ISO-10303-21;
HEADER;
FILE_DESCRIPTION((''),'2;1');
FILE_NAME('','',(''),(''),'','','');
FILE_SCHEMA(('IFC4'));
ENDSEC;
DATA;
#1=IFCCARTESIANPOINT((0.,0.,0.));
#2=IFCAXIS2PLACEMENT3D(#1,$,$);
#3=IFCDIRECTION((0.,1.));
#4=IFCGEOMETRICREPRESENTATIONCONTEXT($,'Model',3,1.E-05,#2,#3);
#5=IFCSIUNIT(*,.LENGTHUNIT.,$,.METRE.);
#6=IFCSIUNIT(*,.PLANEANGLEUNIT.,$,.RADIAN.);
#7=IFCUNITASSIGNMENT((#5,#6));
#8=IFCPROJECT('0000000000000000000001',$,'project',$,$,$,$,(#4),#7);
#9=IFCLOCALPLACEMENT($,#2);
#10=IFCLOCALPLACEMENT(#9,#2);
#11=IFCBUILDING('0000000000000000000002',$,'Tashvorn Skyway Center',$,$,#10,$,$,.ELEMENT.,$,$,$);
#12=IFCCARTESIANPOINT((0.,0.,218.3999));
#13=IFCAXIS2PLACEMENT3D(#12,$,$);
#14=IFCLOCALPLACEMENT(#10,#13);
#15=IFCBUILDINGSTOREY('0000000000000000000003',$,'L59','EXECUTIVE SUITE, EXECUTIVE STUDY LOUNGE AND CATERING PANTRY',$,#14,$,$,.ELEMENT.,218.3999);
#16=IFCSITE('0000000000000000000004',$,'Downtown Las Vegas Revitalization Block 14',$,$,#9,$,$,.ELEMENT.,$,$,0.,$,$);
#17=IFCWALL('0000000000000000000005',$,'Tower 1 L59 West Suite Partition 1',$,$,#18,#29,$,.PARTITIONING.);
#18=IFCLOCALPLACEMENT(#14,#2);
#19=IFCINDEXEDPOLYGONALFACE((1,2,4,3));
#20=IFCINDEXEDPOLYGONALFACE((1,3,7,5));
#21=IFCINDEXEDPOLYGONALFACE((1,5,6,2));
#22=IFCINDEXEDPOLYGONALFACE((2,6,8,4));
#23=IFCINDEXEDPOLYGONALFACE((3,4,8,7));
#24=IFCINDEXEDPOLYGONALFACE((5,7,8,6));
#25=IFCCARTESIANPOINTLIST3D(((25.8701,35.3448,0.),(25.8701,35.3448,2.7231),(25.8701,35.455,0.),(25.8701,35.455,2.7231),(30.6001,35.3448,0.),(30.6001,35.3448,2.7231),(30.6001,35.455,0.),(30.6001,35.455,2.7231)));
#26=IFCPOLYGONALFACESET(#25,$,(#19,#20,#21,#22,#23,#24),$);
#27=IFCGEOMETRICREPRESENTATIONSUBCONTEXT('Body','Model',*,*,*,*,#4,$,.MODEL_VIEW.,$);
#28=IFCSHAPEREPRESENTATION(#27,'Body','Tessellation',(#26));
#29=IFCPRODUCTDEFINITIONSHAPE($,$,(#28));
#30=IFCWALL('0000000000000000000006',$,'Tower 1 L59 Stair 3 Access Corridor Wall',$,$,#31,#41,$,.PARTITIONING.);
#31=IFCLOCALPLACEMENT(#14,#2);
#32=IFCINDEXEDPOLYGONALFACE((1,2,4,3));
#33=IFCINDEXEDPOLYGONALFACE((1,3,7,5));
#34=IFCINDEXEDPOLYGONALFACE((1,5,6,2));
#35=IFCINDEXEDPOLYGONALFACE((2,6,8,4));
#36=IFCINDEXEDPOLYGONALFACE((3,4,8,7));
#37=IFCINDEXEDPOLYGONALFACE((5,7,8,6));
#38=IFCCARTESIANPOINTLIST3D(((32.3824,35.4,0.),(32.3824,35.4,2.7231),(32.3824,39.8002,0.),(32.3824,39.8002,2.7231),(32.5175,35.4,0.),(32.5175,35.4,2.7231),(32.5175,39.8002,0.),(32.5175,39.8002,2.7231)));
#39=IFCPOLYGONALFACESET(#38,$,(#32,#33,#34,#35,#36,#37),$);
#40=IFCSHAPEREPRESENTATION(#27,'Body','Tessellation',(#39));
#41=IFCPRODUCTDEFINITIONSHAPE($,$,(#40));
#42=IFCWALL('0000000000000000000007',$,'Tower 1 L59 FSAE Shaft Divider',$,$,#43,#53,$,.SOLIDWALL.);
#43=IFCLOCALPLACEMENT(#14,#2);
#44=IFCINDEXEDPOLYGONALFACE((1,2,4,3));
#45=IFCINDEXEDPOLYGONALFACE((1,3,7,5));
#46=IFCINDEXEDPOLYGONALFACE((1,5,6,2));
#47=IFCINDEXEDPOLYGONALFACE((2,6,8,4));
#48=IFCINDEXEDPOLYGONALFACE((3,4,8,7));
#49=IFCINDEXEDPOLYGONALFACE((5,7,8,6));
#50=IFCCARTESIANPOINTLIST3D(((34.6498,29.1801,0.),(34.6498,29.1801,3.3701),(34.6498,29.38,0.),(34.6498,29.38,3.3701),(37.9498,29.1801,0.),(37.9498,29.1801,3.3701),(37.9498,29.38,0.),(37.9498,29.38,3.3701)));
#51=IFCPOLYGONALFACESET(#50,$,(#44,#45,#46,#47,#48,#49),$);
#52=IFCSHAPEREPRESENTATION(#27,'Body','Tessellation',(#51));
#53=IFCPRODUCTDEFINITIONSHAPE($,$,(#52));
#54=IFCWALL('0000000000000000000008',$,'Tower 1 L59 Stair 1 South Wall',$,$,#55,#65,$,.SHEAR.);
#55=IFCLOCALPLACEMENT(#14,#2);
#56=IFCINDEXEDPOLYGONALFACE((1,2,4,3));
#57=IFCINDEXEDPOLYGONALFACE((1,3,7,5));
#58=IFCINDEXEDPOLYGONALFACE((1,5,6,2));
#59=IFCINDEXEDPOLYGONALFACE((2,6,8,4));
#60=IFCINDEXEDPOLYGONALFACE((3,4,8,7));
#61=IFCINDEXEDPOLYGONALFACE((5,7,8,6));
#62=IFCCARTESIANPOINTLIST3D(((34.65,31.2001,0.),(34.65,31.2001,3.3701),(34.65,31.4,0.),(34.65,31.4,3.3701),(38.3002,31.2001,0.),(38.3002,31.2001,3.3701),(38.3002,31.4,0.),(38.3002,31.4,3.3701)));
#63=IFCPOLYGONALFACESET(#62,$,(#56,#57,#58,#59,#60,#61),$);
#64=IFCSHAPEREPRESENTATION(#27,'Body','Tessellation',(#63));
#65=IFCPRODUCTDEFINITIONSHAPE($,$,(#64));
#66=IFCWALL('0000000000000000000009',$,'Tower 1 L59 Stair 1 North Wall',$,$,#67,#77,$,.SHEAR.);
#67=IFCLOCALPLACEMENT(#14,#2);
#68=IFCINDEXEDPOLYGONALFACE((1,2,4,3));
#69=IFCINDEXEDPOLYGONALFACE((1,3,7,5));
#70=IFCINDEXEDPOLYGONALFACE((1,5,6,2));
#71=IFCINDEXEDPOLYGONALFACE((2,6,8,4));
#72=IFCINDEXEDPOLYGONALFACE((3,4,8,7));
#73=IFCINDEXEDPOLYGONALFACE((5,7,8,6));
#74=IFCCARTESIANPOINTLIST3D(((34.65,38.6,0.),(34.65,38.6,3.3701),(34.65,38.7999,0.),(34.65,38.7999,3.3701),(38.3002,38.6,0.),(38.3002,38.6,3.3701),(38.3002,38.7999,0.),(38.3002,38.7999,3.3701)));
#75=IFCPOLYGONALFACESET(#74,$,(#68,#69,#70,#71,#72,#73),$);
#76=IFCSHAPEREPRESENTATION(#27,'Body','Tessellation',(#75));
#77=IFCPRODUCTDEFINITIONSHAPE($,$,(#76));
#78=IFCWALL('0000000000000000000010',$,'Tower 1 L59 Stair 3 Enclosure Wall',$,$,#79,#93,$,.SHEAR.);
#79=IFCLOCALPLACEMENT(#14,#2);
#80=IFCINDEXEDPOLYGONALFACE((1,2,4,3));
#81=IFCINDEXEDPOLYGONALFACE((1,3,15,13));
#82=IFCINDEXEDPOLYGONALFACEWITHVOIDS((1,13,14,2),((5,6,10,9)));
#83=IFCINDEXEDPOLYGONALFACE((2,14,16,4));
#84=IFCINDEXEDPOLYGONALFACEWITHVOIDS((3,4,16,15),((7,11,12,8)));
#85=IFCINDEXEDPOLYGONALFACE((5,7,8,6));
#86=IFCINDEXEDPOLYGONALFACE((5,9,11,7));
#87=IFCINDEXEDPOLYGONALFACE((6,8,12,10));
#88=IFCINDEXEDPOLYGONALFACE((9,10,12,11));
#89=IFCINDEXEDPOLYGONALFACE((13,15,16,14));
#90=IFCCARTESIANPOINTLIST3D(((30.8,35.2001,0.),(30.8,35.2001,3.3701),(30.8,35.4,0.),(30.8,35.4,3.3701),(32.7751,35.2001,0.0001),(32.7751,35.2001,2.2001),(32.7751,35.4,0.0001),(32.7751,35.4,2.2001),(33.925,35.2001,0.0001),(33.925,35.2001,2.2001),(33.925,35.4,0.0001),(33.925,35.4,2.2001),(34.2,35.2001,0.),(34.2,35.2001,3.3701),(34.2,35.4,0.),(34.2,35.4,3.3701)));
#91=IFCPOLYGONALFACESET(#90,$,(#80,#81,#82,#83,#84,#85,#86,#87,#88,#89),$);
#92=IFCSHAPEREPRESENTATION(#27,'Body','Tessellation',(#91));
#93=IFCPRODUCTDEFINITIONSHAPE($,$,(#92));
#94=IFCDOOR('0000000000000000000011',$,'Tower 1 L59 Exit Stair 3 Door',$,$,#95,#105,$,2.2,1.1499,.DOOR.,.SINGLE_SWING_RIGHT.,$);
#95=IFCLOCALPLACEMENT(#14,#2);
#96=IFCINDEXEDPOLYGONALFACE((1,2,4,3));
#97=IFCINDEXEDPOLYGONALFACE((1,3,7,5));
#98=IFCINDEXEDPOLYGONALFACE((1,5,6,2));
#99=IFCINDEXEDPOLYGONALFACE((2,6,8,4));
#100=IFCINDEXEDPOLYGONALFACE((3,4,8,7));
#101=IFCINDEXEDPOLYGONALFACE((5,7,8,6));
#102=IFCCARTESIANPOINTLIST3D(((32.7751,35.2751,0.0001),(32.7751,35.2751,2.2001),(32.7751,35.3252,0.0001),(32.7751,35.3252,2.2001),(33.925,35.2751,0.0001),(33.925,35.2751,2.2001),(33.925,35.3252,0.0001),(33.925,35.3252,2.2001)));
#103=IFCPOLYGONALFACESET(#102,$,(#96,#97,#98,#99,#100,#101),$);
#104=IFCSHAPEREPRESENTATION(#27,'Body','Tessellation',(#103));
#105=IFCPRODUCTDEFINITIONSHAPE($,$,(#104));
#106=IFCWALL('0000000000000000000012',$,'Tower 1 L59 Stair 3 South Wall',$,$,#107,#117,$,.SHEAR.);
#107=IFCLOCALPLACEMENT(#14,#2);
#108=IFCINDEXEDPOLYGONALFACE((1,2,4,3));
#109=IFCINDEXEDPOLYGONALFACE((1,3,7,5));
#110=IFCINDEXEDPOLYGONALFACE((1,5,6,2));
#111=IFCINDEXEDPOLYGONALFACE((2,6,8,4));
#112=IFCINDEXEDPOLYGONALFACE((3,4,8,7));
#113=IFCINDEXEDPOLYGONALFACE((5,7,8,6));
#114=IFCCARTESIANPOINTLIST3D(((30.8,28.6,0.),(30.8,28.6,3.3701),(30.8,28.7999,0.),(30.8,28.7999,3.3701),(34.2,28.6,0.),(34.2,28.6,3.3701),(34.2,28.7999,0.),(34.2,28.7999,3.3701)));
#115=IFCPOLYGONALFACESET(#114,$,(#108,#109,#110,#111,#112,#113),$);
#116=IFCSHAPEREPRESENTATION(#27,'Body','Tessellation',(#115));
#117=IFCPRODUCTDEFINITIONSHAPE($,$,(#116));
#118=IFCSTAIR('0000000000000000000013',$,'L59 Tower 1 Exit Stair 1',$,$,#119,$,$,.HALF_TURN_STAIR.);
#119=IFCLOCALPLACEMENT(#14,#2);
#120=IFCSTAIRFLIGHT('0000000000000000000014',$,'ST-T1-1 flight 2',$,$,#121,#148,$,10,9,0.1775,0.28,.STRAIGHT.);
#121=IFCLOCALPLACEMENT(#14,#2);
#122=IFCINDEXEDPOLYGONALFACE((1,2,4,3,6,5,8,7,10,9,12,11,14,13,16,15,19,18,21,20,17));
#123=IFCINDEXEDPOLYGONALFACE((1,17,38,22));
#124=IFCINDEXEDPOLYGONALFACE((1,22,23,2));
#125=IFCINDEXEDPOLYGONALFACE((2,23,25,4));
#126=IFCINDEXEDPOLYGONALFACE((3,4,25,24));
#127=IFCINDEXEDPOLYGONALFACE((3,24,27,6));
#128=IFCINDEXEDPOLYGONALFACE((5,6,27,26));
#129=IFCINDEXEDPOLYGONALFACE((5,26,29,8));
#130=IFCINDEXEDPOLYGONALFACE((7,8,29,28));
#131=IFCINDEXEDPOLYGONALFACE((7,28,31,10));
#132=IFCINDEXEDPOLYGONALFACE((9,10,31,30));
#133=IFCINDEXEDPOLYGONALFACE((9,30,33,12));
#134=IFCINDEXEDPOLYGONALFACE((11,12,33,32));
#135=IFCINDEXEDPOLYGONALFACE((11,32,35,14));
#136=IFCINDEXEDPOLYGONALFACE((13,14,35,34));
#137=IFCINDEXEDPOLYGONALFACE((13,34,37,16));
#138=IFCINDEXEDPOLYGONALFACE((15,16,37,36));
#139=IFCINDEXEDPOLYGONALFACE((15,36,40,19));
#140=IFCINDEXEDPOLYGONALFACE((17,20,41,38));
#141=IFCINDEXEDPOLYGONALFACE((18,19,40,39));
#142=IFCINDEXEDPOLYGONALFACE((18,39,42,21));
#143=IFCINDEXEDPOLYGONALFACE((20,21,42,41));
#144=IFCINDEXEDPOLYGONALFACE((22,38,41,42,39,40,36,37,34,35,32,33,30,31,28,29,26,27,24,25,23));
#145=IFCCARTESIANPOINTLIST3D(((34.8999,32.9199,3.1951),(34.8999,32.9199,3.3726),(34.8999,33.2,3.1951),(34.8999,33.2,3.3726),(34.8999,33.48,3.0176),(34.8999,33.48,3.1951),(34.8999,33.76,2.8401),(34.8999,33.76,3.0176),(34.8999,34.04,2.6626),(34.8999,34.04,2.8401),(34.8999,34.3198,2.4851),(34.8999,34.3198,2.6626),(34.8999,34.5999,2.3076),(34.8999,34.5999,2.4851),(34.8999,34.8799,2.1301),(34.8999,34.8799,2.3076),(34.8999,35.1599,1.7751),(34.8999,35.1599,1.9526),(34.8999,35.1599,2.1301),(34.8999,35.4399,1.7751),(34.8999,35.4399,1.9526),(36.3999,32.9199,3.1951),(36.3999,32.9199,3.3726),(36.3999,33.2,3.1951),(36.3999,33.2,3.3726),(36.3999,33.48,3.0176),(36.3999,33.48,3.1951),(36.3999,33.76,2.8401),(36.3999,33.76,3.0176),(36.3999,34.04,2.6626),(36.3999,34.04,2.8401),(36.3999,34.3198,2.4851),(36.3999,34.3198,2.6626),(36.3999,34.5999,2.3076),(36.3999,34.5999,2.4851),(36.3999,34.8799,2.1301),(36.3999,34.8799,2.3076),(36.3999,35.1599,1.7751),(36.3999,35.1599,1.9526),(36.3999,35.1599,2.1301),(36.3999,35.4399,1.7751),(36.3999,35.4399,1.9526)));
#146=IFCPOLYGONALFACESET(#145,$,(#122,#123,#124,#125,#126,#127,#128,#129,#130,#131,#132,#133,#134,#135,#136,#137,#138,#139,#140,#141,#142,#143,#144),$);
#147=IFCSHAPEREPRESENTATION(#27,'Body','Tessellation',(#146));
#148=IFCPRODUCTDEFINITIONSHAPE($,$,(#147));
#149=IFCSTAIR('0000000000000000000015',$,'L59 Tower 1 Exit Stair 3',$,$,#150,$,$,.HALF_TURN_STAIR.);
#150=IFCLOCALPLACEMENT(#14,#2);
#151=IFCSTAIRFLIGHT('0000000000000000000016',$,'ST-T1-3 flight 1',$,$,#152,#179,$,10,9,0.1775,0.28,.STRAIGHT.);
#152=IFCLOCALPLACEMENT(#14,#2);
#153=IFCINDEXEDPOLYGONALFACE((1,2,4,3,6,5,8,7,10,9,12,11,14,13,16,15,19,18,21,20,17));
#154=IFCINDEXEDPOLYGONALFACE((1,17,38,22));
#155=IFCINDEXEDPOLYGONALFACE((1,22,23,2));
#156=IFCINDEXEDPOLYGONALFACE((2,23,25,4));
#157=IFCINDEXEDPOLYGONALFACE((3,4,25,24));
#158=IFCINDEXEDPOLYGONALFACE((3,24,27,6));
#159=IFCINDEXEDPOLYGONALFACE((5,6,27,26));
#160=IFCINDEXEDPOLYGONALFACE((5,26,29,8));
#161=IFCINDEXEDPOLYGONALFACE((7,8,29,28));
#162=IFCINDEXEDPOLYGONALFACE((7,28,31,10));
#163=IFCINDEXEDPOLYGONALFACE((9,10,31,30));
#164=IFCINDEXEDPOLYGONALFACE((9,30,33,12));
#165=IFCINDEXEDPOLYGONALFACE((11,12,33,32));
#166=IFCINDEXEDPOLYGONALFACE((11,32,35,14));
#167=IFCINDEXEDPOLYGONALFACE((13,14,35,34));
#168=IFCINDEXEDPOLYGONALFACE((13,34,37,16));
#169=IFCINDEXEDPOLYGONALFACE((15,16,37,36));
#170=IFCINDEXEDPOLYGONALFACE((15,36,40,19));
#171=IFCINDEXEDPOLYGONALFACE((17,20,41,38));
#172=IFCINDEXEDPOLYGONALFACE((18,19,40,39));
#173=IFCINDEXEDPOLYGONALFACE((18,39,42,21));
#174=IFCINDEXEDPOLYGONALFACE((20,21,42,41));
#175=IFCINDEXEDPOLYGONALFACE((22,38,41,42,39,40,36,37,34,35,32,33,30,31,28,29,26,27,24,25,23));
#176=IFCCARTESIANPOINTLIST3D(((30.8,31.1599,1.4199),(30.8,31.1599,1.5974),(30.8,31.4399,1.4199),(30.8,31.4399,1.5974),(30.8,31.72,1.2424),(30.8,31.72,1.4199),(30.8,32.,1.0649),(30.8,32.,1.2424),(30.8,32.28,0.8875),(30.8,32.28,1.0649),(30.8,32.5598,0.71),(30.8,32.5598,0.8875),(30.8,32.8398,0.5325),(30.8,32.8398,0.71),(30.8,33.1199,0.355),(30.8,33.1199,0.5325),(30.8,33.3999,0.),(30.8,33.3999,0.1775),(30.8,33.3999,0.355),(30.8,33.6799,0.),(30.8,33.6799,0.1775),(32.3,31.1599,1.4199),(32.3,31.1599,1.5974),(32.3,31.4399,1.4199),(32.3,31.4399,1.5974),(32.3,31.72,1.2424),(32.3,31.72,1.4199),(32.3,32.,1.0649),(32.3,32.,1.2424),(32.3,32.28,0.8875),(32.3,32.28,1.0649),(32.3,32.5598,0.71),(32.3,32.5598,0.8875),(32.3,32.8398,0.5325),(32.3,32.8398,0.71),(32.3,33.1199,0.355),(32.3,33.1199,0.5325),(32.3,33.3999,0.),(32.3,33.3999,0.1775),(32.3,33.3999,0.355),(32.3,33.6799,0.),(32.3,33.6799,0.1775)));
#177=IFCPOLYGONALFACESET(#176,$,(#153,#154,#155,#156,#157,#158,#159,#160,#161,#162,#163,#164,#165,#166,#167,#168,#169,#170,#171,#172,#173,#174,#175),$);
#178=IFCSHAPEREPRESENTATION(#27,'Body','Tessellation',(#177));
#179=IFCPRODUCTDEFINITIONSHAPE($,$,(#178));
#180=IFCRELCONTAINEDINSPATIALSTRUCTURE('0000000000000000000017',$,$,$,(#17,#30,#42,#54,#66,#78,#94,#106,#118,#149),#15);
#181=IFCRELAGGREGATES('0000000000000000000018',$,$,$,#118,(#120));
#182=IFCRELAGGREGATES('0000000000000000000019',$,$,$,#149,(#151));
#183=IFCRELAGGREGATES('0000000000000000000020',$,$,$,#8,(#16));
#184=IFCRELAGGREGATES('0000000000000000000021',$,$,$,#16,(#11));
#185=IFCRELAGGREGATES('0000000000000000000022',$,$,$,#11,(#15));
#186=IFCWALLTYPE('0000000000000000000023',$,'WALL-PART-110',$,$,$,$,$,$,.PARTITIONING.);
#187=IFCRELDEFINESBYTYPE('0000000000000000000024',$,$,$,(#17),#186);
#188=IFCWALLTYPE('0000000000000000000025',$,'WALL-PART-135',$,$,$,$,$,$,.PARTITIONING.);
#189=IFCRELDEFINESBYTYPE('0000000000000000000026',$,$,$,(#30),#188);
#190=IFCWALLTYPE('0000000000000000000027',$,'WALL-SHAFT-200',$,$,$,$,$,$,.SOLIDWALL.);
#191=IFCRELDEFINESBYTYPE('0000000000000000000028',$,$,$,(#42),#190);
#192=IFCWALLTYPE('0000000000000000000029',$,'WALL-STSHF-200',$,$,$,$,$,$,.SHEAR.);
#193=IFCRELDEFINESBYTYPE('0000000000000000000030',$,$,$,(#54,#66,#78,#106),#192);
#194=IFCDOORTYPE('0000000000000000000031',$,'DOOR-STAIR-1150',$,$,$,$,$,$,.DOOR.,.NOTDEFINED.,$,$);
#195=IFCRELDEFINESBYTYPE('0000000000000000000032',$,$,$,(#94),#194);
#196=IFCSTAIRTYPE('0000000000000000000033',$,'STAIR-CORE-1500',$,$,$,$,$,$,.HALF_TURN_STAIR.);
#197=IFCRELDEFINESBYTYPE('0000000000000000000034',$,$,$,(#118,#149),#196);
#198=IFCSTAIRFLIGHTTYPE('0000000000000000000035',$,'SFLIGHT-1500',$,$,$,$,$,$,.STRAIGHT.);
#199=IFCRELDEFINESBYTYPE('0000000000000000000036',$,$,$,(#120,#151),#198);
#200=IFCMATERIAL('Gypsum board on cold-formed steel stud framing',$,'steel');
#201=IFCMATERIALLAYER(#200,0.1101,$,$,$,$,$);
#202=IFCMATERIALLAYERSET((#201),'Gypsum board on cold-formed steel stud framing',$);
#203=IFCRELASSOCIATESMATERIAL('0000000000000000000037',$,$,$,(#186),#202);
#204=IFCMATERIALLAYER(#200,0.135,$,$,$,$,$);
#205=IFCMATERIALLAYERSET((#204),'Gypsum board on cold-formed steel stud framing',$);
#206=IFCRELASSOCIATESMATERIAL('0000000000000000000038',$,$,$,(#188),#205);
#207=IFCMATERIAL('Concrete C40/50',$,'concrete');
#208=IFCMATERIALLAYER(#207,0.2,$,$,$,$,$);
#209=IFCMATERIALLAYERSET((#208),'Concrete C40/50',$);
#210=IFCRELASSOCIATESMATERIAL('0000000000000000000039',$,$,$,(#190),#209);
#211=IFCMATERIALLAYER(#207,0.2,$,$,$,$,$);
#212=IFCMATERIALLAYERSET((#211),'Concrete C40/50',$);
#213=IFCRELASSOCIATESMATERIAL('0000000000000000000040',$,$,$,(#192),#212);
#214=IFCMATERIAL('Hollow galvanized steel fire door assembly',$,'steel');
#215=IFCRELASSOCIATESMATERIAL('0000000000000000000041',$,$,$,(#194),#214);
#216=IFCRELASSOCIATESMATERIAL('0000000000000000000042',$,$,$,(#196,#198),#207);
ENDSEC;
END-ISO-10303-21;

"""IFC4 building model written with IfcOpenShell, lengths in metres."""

from ifc_helpers import new_model, si_unit, direction, frame, frame_2d, origin, place, context, subcontext, project, spatial, polyline, rectangle, outline, extrude, material, layer, layer_set, type_object, element, fill, aggregate, save


model = new_model("IFC4")

# Units and contexts
model_context = context("Model", 3, precision=1e-05, world=origin(), true_north=direction((0.0, 1.0)))
body_context = subcontext(model_context, "Body", "Model", "MODEL_VIEW")
ifc_project = project(units=[si_unit("LENGTHUNIT", "METRE"), si_unit("PLANEANGLEUNIT", "RADIAN")], contexts=[model_context])

# Site, building, storey
site_placement = place(None, origin())
site = spatial("IfcSite", under=ifc_project, at=site_placement, Name="Downtown Las Vegas Revitalization Block 14", CompositionType="ELEMENT", RefElevation=0.0)
building_placement = place(site_placement, origin())
building = spatial("IfcBuilding", under=site, at=building_placement, Name="Tashvorn Skyway Center", CompositionType="ELEMENT")
storey_placement = place(building_placement, frame((0.0, 0.0, 218.3999)))
storey = spatial("IfcBuildingStorey", under=building, at=storey_placement, Name="L59", Description="EXECUTIVE SUITE, EXECUTIVE STUDY LOUNGE AND CATERING PANTRY", CompositionType="ELEMENT", Elevation=218.3999)

# Walls
ifc_material_1 = material(Name="Gypsum board on cold-formed steel stud framing", Category="steel")
ifc_layer_1 = layer(ifc_material_1, 0.1101)
ifc_layer_set_1 = layer_set([ifc_layer_1], Name="Gypsum board on cold-formed steel stud framing")
wall_type_1 = type_object("IfcWallType", Name="WALL-PART-110", PredefinedType="PARTITIONING", material=ifc_layer_set_1)
wall_1_placement = place(storey_placement, frame((30.6001, 35.3999, 0.0), z_axis=(0.0, 0.0, 1.0), x_axis=(-1.0, 0.0, 0.0)))
element("IfcWall", 1, at=wall_1_placement, inside=storey, type_object=wall_type_1, Name="Tower 1 L59 West Suite Partition 1", PredefinedType="PARTITIONING", context=body_context, shape_type="SweptSolid", body=[
    extrude(rectangle(XDim=4.73, YDim=0.1101, at=frame_2d((2.365, 0.0))), origin(), (0.0, 0.0, 1.0), 2.7231),
])
ifc_layer_2 = layer(ifc_material_1, 0.135)
ifc_layer_set_2 = layer_set([ifc_layer_2], Name="Gypsum board on cold-formed steel stud framing")
wall_type_2 = type_object("IfcWallType", Name="WALL-PART-135", PredefinedType="PARTITIONING", material=ifc_layer_set_2)
wall_2_placement = place(storey_placement, frame((32.45, 35.3999, 0.0), z_axis=(0.0, 0.0, 1.0), x_axis=(0.0, 1.0, 0.0)))
element("IfcWall", 2, at=wall_2_placement, inside=storey, type_object=wall_type_2, Name="Tower 1 L59 Stair 3 Access Corridor Wall", PredefinedType="PARTITIONING", context=body_context, shape_type="SweptSolid", body=[
    extrude(rectangle(XDim=4.4001, YDim=0.135, at=frame_2d((2.2002, 0.0))), origin(), (0.0, 0.0, 1.0), 2.7231),
])
ifc_material_2 = material(Name="Concrete C40/50", Category="concrete")
ifc_layer_3 = layer(ifc_material_2, 0.2)
ifc_layer_set_3 = layer_set([ifc_layer_3], Name="Concrete C40/50")
wall_type_3 = type_object("IfcWallType", Name="WALL-SHAFT-200", PredefinedType="SOLIDWALL", material=ifc_layer_set_3)
wall_3_placement = place(storey_placement, frame((34.6499, 29.28, 0.0), z_axis=(0.0, 0.0, 1.0), x_axis=(1.0, 0.0, 0.0)))
element("IfcWall", 3, at=wall_3_placement, inside=storey, type_object=wall_type_3, Name="Tower 1 L59 FSAE Shaft Divider", PredefinedType="SOLIDWALL", context=body_context, shape_type="SweptSolid", body=[
    extrude(rectangle(XDim=3.3, YDim=0.2, at=frame_2d((1.6499, 0.0))), origin(), (0.0, 0.0, 1.0), 3.3701),
])
ifc_layer_4 = layer(ifc_material_2, 0.2)
ifc_layer_set_4 = layer_set([ifc_layer_4], Name="Concrete C40/50")
wall_type_4 = type_object("IfcWallType", Name="WALL-STSHF-200", PredefinedType="SHEAR", material=ifc_layer_set_4)
for number, where, z_axis, x_axis, name in (
    (4, (34.6499, 31.3, 0.0), (0.0, 0.0, 1.0), (1.0, 0.0, 0.0), "Tower 1 L59 Stair 1 South Wall"),
    (5, (34.6499, 38.7, 0.0), (0.0, 0.0, 1.0), (1.0, 0.0, 0.0), "Tower 1 L59 Stair 1 North Wall"),
):
    element("IfcWall", number, at=place(storey_placement, frame(where, z_axis=z_axis, x_axis=x_axis)), inside=storey, type_object=wall_type_4, Name=name, PredefinedType="SHEAR", context=body_context, shape_type="SweptSolid", body=[
        extrude(rectangle(XDim=3.6501, YDim=0.2, at=frame_2d((1.8252, 0.0))), origin(), (0.0, 0.0, 1.0), 3.3701),
    ])

# Wall, opening, door
wall_4_placement = place(storey_placement, frame((34.2, 35.3, 0.0), z_axis=(0.0, 0.0, 1.0), x_axis=(-1.0, 0.0, 0.0)))
wall_4 = element("IfcWall", 6, at=wall_4_placement, inside=storey, type_object=wall_type_4, Name="Tower 1 L59 Stair 3 Enclosure Wall", PredefinedType="SHEAR", context=body_context, shape_type="SweptSolid", body=[
    extrude(rectangle(XDim=3.3999, YDim=0.2, at=frame_2d((1.7, 0.0))), origin(), (0.0, 0.0, 1.0), 3.3701),
])
opening_placement = place(wall_4_placement, frame((0.2749, 0.0, 0.0)))
opening = element("IfcOpeningElement", 7, at=opening_placement, cuts=wall_4, PredefinedType="OPENING", context=body_context, shape_type="SweptSolid", body=[
    extrude(rectangle(XDim=1.1499, YDim=2.2, at=frame_2d((0.575, 1.1001))), frame((0.0, 0.1099, 0.0), z_axis=(0.0, -1.0, 0.0), x_axis=(1.0, 0.0, 0.0)), (0.0, 0.0, 1.0), 0.22),
])
ifc_material_3 = material(Name="Hollow galvanized steel fire door assembly", Category="steel")
door_type = type_object("IfcDoorType", Name="DOOR-STAIR-1150", OperationType="NOTDEFINED", PredefinedType="DOOR", material=ifc_material_3)
door_placement = place(opening_placement, origin())
door = element("IfcDoor", 8, at=door_placement, inside=storey, type_object=door_type, Name="Tower 1 L59 Exit Stair 3 Door", OperationType="SINGLE_SWING_RIGHT", OverallHeight=2.2, OverallWidth=1.1499, PredefinedType="DOOR", context=body_context, shape_type="SweptSolid", body=[
    extrude(rectangle(XDim=1.1499, YDim=2.2, at=frame_2d((0.575, 1.1001))), frame((0.0, 0.0249, 0.0), z_axis=(0.0, -1.0, 0.0), x_axis=(1.0, 0.0, 0.0)), (0.0, 0.0, 1.0), 0.05),
])
fill(opening, door)

# Wall
wall_5_placement = place(storey_placement, frame((30.8, 28.7, 0.0), z_axis=(0.0, 0.0, 1.0), x_axis=(1.0, 0.0, 0.0)))
element("IfcWall", 9, at=wall_5_placement, inside=storey, type_object=wall_type_4, Name="Tower 1 L59 Stair 3 South Wall", PredefinedType="SHEAR", context=body_context, shape_type="SweptSolid", body=[
    extrude(rectangle(XDim=3.3999, YDim=0.2, at=frame_2d((1.7, 0.0))), origin(), (0.0, 0.0, 1.0), 3.3701),
])

# Stair, stair flight
stair_type = type_object("IfcStairType", Name="STAIR-CORE-1500", PredefinedType="HALF_TURN_STAIR", material=ifc_material_2)
stair_1_placement = place(storey_placement, origin())
stair_1 = element("IfcStair", 10, at=stair_1_placement, inside=storey, type_object=stair_type, Name="L59 Tower 1 Exit Stair 1", PredefinedType="HALF_TURN_STAIR")
stair_flight_type = type_object("IfcStairFlightType", Name="SFLIGHT-1500", PredefinedType="STRAIGHT", material=ifc_material_2)
stair_flight_1_placement = place(storey_placement, frame((35.6499, 35.4399, 1.7751), z_axis=(0.0, 0.0, 1.0), x_axis=(0.0, -1.0, 0.0)))
stair_flight_1 = element("IfcStairFlight", 11, at=stair_flight_1_placement, type_object=stair_flight_type, Name="ST-T1-1 flight 2", NumberOfRisers=10, NumberOfTreads=9, PredefinedType="STRAIGHT", RiserHeight=0.1775, TreadLength=0.28, context=body_context, shape_type="SweptSolid", body=[
    extrude(outline(polyline([(0.0, 0.0), (0.0, 0.1775), (0.28, 0.1775), (0.28, 0.355), (0.5601, 0.355), (0.5601, 0.5325), (0.8401, 0.5325), (0.8401, 0.71), (1.1201, 0.71), (1.1201, 0.8875), (1.3999, 0.8875), (1.3999, 1.0649), (1.6799, 1.0649), (1.6799, 1.2424), (1.96, 1.2424), (1.96, 1.4199), (2.24, 1.4199), (2.24, 1.5974), (2.52, 1.5974), (2.52, 1.7749), (2.52, 1.4199), (0.28, 0.0), (0.0, 0.0)])), frame((0.0, 0.75, 0.0), z_axis=(0.0, -1.0, 0.0), x_axis=(1.0, 0.0, 0.0)), (0.0, 0.0, 1.0), 1.5),
])
aggregate(stair_1, [stair_flight_1])

# Stair, stair flight
stair_2_placement = place(storey_placement, origin())
stair_2 = element("IfcStair", 12, at=stair_2_placement, inside=storey, type_object=stair_type, Name="L59 Tower 1 Exit Stair 3", PredefinedType="HALF_TURN_STAIR")
stair_flight_2_placement = place(storey_placement, frame((31.55, 33.6799, 0.0), z_axis=(0.0, 0.0, 1.0), x_axis=(0.0, -1.0, 0.0)))
stair_flight_2 = element("IfcStairFlight", 13, at=stair_flight_2_placement, type_object=stair_flight_type, Name="ST-T1-3 flight 1", NumberOfRisers=10, NumberOfTreads=9, PredefinedType="STRAIGHT", RiserHeight=0.1775, TreadLength=0.28, context=body_context, shape_type="SweptSolid", body=[
    extrude(outline(polyline([(0.0, 0.0), (0.0, 0.1775), (0.28, 0.1775), (0.28, 0.355), (0.5601, 0.355), (0.5601, 0.5325), (0.8401, 0.5325), (0.8401, 0.71), (1.1201, 0.71), (1.1201, 0.8875), (1.3999, 0.8875), (1.3999, 1.0649), (1.6799, 1.0649), (1.6799, 1.2424), (1.96, 1.2424), (1.96, 1.4199), (2.24, 1.4199), (2.24, 1.5974), (2.52, 1.5974), (2.52, 1.7749), (2.52, 1.4199), (0.28, 0.0), (0.0, 0.0)])), frame((0.0, 0.75, 0.0), z_axis=(0.0, -1.0, 0.0), x_axis=(1.0, 0.0, 0.0)), (0.0, 0.0, 1.0), 1.5),
])
aggregate(stair_2, [stair_flight_2])

save(model, "model.ifc")
